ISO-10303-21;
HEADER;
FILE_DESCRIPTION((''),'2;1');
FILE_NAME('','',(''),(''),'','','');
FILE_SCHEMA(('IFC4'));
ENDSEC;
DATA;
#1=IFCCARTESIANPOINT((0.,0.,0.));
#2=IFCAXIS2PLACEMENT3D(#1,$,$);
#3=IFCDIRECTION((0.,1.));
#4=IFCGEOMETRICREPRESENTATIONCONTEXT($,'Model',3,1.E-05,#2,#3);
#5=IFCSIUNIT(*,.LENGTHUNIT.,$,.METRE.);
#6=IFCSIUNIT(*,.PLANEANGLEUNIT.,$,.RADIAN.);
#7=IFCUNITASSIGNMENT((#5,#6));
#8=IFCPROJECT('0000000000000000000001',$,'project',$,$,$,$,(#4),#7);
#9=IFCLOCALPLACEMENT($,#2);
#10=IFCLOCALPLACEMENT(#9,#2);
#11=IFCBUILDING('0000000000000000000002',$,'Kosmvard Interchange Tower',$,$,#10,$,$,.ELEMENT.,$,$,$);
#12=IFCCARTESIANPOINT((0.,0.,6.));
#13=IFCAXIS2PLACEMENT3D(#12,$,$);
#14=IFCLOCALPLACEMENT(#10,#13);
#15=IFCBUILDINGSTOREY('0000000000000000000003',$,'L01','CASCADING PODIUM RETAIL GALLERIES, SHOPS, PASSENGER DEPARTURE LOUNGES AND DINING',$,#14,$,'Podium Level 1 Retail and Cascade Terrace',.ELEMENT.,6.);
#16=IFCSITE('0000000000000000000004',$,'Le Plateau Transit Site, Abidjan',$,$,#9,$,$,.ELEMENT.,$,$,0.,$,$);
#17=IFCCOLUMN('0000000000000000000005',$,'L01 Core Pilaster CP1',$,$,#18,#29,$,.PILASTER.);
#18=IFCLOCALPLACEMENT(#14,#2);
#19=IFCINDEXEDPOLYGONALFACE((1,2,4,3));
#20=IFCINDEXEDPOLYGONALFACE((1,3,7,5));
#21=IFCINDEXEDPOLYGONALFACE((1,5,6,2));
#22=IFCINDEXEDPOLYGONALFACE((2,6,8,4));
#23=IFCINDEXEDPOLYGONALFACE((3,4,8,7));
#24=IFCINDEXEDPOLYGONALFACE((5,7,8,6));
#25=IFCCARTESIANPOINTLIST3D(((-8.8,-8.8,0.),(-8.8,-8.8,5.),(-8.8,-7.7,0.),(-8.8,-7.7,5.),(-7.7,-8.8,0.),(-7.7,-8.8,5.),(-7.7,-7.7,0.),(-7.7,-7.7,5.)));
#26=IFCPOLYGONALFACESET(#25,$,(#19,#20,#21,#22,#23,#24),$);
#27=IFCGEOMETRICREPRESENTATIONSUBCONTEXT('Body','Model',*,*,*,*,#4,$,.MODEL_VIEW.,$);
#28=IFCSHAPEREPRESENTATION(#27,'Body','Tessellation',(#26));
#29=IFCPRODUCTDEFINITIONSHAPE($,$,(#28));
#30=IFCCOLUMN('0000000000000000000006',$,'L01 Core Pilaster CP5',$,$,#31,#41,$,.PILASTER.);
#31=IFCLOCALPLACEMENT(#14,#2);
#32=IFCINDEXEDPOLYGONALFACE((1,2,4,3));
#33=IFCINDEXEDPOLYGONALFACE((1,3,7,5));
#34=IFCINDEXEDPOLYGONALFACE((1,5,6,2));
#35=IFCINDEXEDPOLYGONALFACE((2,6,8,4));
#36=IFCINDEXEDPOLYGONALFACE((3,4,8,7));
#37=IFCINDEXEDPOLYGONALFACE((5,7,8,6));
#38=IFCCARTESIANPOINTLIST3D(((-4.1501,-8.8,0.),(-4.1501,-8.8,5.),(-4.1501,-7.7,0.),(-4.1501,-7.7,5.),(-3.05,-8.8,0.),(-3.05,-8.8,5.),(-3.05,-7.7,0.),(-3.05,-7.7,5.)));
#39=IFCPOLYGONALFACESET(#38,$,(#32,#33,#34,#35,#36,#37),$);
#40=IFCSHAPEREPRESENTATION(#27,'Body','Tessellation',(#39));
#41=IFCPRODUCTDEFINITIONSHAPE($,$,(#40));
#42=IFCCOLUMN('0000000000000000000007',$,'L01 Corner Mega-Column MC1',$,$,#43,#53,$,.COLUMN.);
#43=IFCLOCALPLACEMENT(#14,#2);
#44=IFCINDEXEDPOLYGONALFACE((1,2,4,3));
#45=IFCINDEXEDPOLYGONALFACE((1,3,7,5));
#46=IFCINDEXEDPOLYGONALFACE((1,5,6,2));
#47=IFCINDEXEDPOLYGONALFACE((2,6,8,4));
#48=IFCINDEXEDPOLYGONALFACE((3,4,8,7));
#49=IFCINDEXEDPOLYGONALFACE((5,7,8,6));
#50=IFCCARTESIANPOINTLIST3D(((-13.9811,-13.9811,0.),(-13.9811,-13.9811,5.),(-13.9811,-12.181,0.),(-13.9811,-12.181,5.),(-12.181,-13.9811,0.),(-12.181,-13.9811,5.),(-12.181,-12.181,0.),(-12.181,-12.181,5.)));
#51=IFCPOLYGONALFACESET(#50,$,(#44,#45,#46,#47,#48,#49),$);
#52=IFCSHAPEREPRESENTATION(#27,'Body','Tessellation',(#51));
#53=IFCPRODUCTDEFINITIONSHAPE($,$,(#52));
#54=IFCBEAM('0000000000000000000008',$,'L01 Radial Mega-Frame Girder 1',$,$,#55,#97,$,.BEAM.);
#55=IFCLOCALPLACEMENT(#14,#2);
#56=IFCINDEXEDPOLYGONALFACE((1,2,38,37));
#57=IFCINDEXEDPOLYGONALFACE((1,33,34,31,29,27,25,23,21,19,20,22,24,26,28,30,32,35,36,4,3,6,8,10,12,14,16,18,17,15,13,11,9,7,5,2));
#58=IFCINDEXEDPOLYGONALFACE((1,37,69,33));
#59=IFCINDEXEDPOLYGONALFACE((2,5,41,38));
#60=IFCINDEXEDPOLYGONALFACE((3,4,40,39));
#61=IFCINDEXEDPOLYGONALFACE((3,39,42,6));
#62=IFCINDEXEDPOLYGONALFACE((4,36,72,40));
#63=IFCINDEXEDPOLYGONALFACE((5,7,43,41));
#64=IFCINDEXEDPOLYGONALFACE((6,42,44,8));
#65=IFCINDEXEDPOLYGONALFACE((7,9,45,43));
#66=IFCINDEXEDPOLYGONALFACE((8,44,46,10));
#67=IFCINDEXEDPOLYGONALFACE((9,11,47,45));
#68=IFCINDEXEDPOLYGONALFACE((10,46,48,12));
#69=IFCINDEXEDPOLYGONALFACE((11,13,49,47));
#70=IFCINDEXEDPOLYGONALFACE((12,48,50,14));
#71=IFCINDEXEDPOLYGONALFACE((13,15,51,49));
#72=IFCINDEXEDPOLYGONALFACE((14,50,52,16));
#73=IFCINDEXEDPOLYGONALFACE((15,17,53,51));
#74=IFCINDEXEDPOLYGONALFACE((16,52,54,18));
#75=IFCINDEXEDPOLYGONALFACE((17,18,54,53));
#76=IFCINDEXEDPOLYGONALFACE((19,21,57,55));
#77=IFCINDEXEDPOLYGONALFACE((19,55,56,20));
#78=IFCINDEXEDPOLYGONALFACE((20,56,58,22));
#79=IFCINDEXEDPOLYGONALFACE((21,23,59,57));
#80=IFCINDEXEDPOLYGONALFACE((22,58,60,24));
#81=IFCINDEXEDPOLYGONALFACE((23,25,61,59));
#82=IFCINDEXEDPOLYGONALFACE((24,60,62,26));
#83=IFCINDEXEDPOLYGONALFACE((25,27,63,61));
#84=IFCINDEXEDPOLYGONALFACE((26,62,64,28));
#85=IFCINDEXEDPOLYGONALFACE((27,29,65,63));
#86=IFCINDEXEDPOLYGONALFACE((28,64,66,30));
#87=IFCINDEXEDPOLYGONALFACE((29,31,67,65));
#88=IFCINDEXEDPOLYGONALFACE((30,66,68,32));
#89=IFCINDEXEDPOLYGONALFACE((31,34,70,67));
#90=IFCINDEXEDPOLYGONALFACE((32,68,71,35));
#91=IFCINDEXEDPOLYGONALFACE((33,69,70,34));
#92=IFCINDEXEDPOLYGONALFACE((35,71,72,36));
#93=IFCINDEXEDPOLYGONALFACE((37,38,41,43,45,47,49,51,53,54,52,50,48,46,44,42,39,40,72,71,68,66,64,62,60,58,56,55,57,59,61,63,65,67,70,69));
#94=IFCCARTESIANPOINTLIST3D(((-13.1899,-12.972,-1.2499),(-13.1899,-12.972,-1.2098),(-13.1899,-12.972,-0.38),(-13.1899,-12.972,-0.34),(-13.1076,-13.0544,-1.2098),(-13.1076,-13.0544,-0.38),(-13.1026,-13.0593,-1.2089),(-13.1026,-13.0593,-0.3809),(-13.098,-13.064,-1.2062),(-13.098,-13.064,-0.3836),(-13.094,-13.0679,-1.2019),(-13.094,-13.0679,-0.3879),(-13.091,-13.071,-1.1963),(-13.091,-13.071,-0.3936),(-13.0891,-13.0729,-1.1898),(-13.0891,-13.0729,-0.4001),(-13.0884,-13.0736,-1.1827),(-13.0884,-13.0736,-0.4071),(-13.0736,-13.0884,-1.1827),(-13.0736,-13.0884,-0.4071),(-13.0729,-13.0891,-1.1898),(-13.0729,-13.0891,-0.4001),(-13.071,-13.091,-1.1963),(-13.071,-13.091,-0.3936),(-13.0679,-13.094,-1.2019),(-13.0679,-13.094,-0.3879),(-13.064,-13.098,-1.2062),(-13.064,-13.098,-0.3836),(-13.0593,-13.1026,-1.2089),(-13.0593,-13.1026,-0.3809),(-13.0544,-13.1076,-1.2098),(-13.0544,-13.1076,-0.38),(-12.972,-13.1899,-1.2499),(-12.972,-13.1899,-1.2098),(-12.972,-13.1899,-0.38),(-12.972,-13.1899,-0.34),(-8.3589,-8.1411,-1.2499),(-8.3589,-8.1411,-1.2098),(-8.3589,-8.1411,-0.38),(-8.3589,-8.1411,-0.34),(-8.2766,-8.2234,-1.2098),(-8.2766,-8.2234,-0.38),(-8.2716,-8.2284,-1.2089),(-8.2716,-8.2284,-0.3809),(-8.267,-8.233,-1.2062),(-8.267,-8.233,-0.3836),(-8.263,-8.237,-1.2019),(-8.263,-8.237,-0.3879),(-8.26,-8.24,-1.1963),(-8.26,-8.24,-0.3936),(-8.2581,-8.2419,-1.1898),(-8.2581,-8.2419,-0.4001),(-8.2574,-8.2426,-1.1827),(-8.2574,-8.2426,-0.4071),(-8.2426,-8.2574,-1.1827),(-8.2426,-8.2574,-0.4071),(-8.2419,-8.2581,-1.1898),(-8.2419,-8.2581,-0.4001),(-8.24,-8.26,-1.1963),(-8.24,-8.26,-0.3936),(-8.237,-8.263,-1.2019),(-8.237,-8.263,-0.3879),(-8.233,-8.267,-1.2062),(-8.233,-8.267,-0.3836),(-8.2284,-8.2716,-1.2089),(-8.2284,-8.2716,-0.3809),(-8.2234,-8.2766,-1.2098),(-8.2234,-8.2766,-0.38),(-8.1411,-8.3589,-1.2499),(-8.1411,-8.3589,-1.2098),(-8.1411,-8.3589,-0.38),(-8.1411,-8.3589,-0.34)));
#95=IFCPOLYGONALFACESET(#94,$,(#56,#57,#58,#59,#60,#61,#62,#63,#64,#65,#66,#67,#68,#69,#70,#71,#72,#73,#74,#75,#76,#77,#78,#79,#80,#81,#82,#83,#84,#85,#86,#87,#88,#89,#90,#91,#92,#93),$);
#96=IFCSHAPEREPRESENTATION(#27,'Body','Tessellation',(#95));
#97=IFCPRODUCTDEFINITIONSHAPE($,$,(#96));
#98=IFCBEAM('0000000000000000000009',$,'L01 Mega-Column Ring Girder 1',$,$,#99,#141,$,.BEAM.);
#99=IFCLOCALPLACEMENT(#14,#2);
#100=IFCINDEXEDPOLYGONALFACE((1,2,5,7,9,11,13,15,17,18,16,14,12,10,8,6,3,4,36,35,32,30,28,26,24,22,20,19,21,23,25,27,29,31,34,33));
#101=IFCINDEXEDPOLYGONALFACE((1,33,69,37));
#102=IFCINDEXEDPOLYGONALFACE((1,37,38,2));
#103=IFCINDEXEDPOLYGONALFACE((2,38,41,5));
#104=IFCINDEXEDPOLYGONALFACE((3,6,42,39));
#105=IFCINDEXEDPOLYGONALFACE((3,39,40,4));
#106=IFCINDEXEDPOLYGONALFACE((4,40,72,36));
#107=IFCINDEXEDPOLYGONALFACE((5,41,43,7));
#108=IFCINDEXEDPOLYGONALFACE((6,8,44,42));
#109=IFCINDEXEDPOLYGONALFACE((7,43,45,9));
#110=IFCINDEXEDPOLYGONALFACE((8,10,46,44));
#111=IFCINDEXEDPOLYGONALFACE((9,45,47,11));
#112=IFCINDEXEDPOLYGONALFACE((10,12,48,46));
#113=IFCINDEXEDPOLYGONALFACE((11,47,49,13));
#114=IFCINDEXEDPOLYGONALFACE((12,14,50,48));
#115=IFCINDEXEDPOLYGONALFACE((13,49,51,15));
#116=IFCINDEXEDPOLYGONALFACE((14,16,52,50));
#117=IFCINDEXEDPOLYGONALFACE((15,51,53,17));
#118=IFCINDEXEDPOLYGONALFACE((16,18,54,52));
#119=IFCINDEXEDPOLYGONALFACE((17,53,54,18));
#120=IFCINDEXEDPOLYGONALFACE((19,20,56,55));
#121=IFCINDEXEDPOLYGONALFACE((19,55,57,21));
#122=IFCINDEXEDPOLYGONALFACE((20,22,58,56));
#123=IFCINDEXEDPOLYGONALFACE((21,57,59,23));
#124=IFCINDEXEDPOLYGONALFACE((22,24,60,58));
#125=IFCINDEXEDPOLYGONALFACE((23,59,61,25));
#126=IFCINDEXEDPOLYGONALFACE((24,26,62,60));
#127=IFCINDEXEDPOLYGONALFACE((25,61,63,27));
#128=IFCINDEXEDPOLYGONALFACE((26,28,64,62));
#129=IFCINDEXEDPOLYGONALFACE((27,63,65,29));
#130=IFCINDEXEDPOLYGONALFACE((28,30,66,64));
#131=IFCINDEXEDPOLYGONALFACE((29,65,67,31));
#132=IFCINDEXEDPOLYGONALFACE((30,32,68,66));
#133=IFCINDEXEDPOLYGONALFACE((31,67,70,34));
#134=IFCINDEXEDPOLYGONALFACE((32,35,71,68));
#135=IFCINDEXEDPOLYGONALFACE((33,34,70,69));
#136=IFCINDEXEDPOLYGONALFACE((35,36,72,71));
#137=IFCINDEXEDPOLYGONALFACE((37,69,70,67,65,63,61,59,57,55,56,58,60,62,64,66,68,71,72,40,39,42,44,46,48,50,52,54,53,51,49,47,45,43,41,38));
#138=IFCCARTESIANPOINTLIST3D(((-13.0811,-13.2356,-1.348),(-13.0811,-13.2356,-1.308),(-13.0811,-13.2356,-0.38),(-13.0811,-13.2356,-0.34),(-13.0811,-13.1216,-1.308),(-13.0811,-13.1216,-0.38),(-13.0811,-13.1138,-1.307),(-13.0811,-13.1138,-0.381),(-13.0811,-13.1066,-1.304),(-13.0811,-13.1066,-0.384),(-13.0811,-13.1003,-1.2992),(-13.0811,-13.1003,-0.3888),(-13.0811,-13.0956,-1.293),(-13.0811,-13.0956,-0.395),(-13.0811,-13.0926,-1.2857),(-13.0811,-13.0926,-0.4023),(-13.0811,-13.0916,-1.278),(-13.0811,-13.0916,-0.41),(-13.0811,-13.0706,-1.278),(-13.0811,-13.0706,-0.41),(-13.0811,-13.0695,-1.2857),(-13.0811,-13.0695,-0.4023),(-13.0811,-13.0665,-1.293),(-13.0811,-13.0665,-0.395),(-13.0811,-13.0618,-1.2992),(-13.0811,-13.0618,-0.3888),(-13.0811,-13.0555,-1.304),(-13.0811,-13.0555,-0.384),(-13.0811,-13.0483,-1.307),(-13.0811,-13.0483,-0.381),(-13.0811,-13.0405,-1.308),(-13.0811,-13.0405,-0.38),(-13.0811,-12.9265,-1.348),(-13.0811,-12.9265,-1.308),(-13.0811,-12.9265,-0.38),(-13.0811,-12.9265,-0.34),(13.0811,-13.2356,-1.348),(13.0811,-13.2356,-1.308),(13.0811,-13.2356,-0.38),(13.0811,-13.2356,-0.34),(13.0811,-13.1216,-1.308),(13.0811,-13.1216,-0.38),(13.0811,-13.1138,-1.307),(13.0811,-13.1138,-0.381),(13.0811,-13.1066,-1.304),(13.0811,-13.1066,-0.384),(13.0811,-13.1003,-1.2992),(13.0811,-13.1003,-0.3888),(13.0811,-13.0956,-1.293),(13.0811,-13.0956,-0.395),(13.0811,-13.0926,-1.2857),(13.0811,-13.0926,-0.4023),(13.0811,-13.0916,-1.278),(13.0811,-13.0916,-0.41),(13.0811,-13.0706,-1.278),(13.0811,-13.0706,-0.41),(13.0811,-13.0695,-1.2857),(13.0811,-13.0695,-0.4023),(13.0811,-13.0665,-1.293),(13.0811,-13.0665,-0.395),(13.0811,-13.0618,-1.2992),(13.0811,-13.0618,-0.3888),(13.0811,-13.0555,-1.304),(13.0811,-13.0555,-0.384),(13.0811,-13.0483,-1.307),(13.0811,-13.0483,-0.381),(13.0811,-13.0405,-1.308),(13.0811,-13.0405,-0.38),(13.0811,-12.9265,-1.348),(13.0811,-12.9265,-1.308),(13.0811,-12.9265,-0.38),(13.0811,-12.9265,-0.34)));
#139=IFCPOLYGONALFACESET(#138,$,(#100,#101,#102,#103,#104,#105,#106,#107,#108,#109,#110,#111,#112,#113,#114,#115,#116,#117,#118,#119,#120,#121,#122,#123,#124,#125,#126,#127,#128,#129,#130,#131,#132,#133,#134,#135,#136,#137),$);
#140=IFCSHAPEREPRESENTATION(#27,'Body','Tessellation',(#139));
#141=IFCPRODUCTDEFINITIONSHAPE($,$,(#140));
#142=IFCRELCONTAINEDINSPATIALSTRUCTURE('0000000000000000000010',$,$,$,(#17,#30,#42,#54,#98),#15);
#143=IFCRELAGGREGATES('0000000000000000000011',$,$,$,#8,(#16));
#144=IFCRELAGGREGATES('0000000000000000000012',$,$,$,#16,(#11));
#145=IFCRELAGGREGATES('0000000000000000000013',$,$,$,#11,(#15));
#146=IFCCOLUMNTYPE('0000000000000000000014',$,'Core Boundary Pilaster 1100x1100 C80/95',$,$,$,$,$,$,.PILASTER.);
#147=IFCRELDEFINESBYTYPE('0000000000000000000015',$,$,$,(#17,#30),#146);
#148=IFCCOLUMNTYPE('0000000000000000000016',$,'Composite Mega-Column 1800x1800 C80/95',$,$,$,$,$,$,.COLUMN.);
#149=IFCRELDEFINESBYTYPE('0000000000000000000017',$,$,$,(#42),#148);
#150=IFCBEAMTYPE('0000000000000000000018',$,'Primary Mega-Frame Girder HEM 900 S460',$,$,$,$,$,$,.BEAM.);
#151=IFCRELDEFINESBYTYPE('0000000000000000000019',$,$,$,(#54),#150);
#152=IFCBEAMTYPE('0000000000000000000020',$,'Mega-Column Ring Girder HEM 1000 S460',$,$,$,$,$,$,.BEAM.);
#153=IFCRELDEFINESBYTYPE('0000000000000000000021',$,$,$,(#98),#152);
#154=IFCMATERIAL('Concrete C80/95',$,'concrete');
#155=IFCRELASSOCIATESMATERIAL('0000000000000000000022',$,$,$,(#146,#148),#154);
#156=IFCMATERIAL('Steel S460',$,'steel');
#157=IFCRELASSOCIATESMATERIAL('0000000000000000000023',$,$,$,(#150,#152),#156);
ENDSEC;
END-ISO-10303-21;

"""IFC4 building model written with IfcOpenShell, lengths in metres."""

from ifc_helpers import new_model, si_unit, direction, frame, origin, origin_2d, place, context, subcontext, project, spatial, rectangle, i_section, extrude, source, transform, mapped, material, material_profile, profile_set, type_object, element, save


model = new_model("IFC4")

# Units and contexts
model_context = context("Model", 3, precision=1e-05, world=origin(), true_north=direction((0.0, 1.0)))
body_context = subcontext(model_context, "Body", "Model", "MODEL_VIEW")
ifc_project = project(units=[si_unit("LENGTHUNIT", "METRE"), si_unit("PLANEANGLEUNIT", "RADIAN")], contexts=[model_context])

# Site, building, storey
site_placement = place(None, origin())
site = spatial("IfcSite", under=ifc_project, at=site_placement, Name="Le Plateau Transit Site, Abidjan", CompositionType="ELEMENT", RefElevation=0.0)
building_placement = place(site_placement, origin())
building = spatial("IfcBuilding", under=site, at=building_placement, Name="Kosmvard Interchange Tower", CompositionType="ELEMENT")
storey_placement = place(building_placement, frame((0.0, 0.0, 6.0)))
storey = spatial("IfcBuildingStorey", under=building, at=storey_placement, Name="L01", Description="CASCADING PODIUM RETAIL GALLERIES, SHOPS, PASSENGER DEPARTURE LOUNGES AND DINING", LongName="Podium Level 1 Retail and Cascade Terrace", CompositionType="ELEMENT", Elevation=6.0)

# Columns
ifc_material_1 = material(Name="Concrete C80/95", Category="concrete")
ifc_material_profile_1 = material_profile(ifc_material_1, rectangle(XDim=1.1001, YDim=1.1001, at=origin_2d()), Name="CP 1100x1100")
ifc_profile_set_1 = profile_set([ifc_material_profile_1], Name="Concrete C80/95")
column_type_1 = type_object("IfcColumnType", Name="Core Boundary Pilaster 1100x1100 C80/95", PredefinedType="PILASTER", material=ifc_profile_set_1)
shared_shape_1 = source(origin(), body_context, "Body", "SweptSolid", [
    extrude(rectangle(XDim=1.1001, YDim=1.1001, at=origin_2d()), origin(), (0.0, 0.0, 1.0), 5.0),
])
for number, where, z_axis, x_axis, name in (
    (1, (-8.25, -8.25, 0.0), (0.0, 0.0, 1.0), (1.0, 0.0, 0.0), "L01 Core Pilaster CP1"),
    (2, (-3.6001, -8.25, 0.0), (0.0, 0.0, 1.0), (1.0, 0.0, 0.0), "L01 Core Pilaster CP5"),
):
    element("IfcColumn", number, at=place(storey_placement, frame(where, z_axis=z_axis, x_axis=x_axis)), inside=storey, type_object=column_type_1, Name=name, PredefinedType="PILASTER", context=body_context, shape_type="MappedRepresentation", body=[
        mapped(shared_shape_1, transform((0.0, 0.0, 0.0), scale=1.0)),
    ])
ifc_material_profile_2 = material_profile(ifc_material_1, rectangle(XDim=1.8, YDim=1.8, at=origin_2d()), Name="MC 1800x1800")
ifc_profile_set_2 = profile_set([ifc_material_profile_2], Name="Concrete C80/95")
column_type_2 = type_object("IfcColumnType", Name="Composite Mega-Column 1800x1800 C80/95", PredefinedType="COLUMN", material=ifc_profile_set_2)
shared_shape_2 = source(origin(), body_context, "Body", "SweptSolid", [
    extrude(rectangle(XDim=1.8, YDim=1.8, at=origin_2d()), origin(), (0.0, 0.0, 1.0), 5.0),
])
column_placement = place(storey_placement, frame((-13.0811, -13.0811, 0.0), z_axis=(0.0, 0.0, 1.0), x_axis=(1.0, 0.0, 0.0)))
element("IfcColumn", 3, at=column_placement, inside=storey, type_object=column_type_2, Name="L01 Corner Mega-Column MC1", PredefinedType="COLUMN", context=body_context, shape_type="MappedRepresentation", body=[
    mapped(shared_shape_2, transform((0.0, 0.0, 0.0), scale=1.0)),
])

# Beams
ifc_material_2 = material(Name="Steel S460", Category="steel")
ifc_material_profile_3 = material_profile(ifc_material_2, i_section(OverallWidth=0.3081, OverallDepth=0.9099, WebThickness=0.021, FlangeThickness=0.04, FilletRadius=0.0271, at=origin_2d()), Name="HEM 900")
ifc_profile_set_3 = profile_set([ifc_material_profile_3], Name="Steel S460")
beam_type_1 = type_object("IfcBeamType", Name="Primary Mega-Frame Girder HEM 900 S460", PredefinedType="BEAM", material=ifc_profile_set_3)
shared_shape_3 = source(origin(), body_context, "Body", "SweptSolid", [
    extrude(i_section(OverallWidth=0.3081, OverallDepth=0.9099, WebThickness=0.021, FlangeThickness=0.04, FilletRadius=0.0271, at=origin_2d()), origin(), (0.0, 0.0, 1.0), 6.832),
])
beam_1_placement = place(storey_placement, frame((-8.25, -8.25, -0.7949), z_axis=(-0.707107, -0.707107, 0.0), x_axis=(0.707107, -0.707107, 0.0)))
element("IfcBeam", 4, at=beam_1_placement, inside=storey, type_object=beam_type_1, Name="L01 Radial Mega-Frame Girder 1", PredefinedType="BEAM", context=body_context, shape_type="MappedRepresentation", body=[
    mapped(shared_shape_3, transform((0.0, 0.0, 0.0), scale=1.0)),
])
ifc_material_profile_4 = material_profile(ifc_material_2, i_section(OverallWidth=0.3091, OverallDepth=1.0081, WebThickness=0.021, FlangeThickness=0.04, FilletRadius=0.03, at=origin_2d()), Name="HEM 1000")
ifc_profile_set_4 = profile_set([ifc_material_profile_4], Name="Steel S460")
beam_type_2 = type_object("IfcBeamType", Name="Mega-Column Ring Girder HEM 1000 S460", PredefinedType="BEAM", material=ifc_profile_set_4)
shared_shape_4 = source(origin(), body_context, "Body", "SweptSolid", [
    extrude(i_section(OverallWidth=0.3091, OverallDepth=1.0081, WebThickness=0.021, FlangeThickness=0.04, FilletRadius=0.03, at=origin_2d()), origin(), (0.0, 0.0, 1.0), 26.1621),
])
beam_2_placement = place(storey_placement, frame((-13.0811, -13.0811, -0.844), z_axis=(1.0, 0.0, 0.0), x_axis=(0.0, 1.0, 0.0)))
element("IfcBeam", 5, at=beam_2_placement, inside=storey, type_object=beam_type_2, Name="L01 Mega-Column Ring Girder 1", PredefinedType="BEAM", context=body_context, shape_type="MappedRepresentation", body=[
    mapped(shared_shape_4, transform((0.0, 0.0, 0.0), scale=1.0)),
])

save(model, "model.ifc")
